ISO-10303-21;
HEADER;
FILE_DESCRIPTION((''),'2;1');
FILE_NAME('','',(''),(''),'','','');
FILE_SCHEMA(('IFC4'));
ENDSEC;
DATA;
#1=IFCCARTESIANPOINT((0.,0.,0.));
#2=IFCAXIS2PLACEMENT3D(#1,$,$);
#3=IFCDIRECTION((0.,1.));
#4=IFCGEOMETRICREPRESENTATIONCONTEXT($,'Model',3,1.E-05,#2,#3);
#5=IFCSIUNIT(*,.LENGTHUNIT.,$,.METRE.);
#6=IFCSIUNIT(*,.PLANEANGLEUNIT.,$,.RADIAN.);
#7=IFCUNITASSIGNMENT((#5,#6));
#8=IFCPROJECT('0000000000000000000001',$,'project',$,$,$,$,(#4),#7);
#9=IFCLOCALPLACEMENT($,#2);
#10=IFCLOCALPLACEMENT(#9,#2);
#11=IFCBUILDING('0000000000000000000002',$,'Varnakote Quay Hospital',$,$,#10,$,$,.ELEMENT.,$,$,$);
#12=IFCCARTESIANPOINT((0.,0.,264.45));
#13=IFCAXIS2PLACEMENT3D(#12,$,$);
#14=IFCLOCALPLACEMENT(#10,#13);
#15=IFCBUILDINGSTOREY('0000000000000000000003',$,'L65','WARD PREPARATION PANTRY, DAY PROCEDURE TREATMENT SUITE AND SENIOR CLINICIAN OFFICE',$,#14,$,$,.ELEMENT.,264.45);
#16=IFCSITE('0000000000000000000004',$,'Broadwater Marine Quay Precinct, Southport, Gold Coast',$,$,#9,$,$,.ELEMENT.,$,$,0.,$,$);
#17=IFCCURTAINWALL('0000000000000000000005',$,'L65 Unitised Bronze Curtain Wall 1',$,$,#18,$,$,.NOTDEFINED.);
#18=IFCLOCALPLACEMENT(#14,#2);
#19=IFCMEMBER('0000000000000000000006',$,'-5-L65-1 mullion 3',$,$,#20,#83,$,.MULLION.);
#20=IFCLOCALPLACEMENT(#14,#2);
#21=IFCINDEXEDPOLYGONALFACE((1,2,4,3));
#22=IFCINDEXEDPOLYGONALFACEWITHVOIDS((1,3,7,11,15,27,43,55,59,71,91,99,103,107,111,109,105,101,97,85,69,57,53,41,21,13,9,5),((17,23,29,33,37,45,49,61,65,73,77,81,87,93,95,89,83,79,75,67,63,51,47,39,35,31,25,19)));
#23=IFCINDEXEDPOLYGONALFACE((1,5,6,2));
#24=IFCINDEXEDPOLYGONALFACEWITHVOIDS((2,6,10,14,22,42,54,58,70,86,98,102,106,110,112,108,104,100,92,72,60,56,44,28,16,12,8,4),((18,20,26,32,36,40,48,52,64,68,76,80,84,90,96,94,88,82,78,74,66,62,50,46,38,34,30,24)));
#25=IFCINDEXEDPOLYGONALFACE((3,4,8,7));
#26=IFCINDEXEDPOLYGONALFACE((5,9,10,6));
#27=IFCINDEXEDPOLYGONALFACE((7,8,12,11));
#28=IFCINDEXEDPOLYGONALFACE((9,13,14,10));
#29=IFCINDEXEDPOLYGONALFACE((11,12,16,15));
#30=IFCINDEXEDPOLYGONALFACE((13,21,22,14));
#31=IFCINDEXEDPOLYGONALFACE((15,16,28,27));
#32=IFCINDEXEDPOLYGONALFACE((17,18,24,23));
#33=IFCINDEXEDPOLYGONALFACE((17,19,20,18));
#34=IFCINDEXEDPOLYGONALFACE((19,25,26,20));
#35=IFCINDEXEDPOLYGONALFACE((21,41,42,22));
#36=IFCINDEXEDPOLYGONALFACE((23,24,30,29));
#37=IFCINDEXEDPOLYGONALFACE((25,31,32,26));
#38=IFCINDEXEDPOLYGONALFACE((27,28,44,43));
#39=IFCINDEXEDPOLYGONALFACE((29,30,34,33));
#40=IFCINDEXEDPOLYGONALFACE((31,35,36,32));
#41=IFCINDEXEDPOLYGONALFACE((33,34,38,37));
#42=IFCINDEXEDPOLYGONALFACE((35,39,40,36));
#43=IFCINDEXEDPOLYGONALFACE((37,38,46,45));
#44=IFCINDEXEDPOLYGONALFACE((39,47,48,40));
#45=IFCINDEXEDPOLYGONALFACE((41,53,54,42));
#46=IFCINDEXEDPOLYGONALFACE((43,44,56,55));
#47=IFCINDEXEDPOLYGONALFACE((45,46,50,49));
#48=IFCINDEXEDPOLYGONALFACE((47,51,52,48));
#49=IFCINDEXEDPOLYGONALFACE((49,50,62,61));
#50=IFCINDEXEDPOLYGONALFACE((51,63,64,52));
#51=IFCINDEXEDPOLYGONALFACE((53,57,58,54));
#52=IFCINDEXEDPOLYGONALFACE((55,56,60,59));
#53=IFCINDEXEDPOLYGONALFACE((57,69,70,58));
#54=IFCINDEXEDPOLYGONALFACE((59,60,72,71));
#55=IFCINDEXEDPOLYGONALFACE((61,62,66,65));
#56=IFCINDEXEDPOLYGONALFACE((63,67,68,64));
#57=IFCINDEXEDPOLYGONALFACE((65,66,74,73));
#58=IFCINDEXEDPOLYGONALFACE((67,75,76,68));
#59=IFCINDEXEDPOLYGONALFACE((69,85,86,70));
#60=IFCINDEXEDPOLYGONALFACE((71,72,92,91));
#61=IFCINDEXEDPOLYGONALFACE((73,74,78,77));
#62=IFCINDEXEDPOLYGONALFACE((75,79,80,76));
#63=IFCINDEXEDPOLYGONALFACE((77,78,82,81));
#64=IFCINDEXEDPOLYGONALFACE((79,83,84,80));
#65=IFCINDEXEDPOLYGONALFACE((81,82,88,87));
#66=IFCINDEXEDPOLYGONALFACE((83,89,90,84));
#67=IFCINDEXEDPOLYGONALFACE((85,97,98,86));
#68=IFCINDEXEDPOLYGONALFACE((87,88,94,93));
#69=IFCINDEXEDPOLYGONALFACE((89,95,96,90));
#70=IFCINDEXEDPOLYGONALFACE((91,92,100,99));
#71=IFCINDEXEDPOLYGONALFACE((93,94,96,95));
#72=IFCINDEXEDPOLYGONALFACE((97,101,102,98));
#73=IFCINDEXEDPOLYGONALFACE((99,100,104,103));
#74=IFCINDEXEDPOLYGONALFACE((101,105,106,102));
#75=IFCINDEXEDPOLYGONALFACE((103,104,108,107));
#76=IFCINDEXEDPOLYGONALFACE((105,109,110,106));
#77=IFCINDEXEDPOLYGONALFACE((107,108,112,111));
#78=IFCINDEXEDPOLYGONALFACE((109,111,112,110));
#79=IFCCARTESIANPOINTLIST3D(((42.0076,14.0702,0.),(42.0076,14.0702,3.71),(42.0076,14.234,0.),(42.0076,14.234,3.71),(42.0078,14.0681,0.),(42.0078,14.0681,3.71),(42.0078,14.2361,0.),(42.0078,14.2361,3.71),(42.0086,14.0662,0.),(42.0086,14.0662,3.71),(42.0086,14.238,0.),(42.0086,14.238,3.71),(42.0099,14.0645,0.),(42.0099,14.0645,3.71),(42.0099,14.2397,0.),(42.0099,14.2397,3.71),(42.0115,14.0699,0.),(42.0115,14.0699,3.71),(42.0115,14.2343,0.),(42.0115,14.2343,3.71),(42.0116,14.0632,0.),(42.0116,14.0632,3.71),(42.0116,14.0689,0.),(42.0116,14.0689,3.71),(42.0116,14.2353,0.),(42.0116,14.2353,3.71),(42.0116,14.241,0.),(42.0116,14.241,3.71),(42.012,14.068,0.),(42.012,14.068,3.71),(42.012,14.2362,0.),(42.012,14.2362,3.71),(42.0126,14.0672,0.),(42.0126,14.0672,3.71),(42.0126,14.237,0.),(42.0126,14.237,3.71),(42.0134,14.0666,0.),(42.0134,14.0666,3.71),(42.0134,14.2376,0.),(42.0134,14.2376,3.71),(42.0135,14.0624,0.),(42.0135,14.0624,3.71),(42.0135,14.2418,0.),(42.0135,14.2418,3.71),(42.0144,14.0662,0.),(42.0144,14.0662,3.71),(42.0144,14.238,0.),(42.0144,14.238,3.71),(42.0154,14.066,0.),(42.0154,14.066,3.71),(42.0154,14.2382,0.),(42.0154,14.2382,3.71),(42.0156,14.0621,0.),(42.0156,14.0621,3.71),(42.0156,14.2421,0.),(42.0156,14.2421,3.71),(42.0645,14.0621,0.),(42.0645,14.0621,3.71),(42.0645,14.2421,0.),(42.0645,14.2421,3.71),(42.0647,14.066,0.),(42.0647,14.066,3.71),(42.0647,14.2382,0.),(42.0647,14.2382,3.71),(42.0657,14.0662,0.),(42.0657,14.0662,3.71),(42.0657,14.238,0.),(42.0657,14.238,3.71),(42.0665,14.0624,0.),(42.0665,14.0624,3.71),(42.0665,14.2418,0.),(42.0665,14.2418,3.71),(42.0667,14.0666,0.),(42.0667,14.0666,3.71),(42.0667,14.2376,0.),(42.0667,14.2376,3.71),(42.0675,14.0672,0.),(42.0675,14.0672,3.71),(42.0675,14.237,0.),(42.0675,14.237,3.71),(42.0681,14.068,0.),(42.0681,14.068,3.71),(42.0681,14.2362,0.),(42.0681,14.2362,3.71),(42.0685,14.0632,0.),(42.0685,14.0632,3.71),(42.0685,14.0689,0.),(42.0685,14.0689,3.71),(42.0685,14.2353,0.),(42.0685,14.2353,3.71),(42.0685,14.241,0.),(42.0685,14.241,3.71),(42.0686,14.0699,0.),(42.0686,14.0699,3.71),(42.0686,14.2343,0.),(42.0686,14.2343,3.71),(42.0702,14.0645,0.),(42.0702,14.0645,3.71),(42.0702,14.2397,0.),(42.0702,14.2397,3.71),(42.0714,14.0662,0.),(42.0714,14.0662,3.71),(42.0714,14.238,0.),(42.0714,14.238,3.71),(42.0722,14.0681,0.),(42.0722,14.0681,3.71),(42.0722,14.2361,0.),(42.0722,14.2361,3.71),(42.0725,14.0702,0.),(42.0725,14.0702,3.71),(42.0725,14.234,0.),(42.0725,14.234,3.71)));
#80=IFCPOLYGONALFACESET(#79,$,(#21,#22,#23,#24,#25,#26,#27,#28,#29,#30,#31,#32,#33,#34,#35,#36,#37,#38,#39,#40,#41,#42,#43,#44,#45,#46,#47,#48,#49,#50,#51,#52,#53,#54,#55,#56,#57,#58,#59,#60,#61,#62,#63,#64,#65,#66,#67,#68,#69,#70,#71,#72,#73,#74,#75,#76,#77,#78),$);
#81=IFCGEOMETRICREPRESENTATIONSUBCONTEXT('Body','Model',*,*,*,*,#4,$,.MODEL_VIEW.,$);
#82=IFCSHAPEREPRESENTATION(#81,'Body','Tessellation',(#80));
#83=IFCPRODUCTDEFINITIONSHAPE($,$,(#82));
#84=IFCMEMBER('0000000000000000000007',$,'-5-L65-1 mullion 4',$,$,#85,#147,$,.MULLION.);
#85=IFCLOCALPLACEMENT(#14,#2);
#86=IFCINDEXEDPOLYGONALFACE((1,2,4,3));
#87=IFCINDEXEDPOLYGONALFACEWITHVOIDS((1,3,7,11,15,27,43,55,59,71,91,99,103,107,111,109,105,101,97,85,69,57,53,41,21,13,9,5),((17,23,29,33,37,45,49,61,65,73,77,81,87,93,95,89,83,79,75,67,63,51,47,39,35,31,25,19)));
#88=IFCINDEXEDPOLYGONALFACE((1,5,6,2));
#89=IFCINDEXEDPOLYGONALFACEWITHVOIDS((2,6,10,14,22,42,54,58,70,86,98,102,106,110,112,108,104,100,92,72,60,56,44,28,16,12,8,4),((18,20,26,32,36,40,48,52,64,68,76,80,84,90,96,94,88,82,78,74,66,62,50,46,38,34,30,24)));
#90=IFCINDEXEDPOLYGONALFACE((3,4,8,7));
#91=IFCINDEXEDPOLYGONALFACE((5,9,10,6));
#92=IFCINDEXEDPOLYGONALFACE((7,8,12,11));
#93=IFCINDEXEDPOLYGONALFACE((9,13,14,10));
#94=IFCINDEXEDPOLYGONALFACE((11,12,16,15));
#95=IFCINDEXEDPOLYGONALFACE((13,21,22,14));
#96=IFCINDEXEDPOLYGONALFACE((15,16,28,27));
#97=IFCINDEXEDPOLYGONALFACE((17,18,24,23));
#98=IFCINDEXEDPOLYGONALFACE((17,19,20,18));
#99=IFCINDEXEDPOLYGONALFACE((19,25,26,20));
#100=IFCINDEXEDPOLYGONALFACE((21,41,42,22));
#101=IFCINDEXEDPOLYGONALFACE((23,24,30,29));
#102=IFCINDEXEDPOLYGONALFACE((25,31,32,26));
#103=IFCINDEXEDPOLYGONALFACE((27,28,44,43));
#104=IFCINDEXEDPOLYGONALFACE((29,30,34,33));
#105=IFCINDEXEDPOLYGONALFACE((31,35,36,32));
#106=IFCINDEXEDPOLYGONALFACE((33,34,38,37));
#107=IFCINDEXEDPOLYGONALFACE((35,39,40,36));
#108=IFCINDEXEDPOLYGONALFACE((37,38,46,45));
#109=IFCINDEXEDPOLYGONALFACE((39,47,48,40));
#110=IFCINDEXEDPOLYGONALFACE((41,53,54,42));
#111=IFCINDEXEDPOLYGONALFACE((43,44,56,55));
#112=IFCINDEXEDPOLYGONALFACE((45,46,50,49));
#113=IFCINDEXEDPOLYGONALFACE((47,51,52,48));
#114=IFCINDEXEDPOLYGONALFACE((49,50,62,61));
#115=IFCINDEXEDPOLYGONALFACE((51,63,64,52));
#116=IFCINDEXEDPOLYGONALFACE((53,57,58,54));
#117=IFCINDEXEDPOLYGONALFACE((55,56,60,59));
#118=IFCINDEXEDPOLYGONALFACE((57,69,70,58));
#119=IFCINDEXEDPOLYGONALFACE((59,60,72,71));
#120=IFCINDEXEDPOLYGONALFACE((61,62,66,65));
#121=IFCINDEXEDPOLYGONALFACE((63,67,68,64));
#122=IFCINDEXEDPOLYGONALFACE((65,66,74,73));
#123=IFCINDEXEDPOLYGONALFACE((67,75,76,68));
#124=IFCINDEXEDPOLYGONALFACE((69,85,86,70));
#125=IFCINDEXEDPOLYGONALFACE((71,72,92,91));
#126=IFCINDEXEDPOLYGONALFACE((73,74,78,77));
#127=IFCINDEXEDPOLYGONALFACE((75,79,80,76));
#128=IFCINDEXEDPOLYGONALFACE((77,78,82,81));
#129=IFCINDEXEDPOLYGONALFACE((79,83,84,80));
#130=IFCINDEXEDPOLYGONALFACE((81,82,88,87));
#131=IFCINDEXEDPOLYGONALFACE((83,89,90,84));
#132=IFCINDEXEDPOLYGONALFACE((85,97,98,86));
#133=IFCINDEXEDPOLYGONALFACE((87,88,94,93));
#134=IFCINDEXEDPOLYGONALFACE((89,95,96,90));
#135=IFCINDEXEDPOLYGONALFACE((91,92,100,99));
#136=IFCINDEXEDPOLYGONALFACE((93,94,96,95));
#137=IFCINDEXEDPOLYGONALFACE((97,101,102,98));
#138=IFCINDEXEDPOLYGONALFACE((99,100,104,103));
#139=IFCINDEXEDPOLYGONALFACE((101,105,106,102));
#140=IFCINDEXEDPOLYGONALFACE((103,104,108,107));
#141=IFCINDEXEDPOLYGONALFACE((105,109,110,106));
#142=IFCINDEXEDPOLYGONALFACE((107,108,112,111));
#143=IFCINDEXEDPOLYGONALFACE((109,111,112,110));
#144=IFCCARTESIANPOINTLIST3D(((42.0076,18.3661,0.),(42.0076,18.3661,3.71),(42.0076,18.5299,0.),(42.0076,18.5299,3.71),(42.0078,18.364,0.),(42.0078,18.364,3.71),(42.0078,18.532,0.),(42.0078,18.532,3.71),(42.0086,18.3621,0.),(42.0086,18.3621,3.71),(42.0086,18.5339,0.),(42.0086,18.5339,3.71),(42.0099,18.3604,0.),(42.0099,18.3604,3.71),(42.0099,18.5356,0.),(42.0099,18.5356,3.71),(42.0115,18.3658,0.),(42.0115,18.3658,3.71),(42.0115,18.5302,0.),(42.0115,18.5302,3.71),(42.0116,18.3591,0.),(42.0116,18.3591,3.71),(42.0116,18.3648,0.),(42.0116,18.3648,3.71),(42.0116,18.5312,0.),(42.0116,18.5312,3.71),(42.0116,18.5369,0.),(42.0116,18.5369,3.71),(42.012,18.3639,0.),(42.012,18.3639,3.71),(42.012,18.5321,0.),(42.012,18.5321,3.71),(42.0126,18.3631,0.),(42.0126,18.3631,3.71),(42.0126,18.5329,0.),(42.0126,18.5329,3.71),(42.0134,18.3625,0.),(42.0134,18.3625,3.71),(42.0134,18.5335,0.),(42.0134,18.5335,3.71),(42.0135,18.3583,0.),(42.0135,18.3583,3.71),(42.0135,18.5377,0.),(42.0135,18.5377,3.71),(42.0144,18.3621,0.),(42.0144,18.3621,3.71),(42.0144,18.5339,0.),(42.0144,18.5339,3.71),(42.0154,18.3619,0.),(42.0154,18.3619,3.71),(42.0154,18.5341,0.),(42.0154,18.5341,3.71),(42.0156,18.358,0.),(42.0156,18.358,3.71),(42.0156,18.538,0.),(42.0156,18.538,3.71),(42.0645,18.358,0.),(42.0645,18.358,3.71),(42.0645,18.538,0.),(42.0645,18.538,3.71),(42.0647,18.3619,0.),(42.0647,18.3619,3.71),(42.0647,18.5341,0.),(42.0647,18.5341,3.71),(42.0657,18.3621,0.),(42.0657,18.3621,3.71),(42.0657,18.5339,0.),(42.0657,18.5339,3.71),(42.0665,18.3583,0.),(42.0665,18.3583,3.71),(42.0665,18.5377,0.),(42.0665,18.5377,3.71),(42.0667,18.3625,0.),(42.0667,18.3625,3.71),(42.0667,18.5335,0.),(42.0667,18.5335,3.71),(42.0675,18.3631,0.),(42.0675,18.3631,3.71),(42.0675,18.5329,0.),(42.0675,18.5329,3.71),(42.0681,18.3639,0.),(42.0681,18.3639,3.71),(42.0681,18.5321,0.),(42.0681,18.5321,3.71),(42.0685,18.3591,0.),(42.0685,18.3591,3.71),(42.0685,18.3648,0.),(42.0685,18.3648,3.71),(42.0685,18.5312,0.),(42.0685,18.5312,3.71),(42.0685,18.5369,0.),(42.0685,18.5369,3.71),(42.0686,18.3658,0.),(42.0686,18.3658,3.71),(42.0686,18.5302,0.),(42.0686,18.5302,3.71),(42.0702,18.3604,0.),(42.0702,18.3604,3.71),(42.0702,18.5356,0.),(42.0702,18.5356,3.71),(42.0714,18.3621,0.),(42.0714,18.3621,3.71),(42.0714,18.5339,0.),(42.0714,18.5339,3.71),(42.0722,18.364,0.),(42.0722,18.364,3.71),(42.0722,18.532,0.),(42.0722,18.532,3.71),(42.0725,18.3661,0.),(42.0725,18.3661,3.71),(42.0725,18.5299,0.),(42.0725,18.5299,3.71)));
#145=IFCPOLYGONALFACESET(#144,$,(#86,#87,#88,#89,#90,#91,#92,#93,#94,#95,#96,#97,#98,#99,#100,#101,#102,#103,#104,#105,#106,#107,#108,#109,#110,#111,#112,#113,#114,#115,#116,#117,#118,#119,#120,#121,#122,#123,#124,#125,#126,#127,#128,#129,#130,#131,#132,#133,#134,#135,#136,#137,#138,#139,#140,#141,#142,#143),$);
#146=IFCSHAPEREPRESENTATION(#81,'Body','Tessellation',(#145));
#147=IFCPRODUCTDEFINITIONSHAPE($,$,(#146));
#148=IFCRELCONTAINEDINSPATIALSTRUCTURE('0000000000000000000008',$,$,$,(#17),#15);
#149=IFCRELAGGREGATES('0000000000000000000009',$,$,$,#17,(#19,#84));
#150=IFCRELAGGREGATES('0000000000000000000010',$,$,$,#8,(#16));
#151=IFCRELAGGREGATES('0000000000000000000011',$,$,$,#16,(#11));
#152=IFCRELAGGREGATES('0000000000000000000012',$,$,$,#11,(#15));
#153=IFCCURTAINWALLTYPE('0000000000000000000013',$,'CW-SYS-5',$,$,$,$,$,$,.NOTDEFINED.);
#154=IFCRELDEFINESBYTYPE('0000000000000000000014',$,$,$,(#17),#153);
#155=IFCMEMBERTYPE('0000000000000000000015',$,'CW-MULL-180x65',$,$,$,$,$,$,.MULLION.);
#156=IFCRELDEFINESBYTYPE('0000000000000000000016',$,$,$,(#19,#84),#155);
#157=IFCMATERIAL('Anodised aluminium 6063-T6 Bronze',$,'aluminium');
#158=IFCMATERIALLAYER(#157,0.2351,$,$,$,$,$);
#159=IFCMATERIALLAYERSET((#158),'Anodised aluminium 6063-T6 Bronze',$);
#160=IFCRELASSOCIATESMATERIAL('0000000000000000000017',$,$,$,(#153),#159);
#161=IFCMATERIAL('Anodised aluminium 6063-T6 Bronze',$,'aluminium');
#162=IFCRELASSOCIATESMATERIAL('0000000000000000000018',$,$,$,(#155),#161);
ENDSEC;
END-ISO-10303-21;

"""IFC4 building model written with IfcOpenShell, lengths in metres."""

from ifc_helpers import new_model, si_unit, direction, frame, origin, origin_2d, place, context, subcontext, project, spatial, hollow_rectangle, extrude, material, layer, layer_set, material_profile, profile_set, type_object, element, aggregate, save


model = new_model("IFC4")

# Units and contexts
model_context = context("Model", 3, precision=1e-05, world=origin(), true_north=direction((0.0, 1.0)))
body_context = subcontext(model_context, "Body", "Model", "MODEL_VIEW")
ifc_project = project(units=[si_unit("LENGTHUNIT", "METRE"), si_unit("PLANEANGLEUNIT", "RADIAN")], contexts=[model_context])

# Site, building, storey
site_placement = place(None, origin())
site = spatial("IfcSite", under=ifc_project, at=site_placement, Name="Broadwater Marine Quay Precinct, Southport, Gold Coast", CompositionType="ELEMENT", RefElevation=0.0)
building_placement = place(site_placement, origin())
building = spatial("IfcBuilding", under=site, at=building_placement, Name="Varnakote Quay Hospital", CompositionType="ELEMENT")
storey_placement = place(building_placement, frame((0.0, 0.0, 264.45)))
storey = spatial("IfcBuildingStorey", under=building, at=storey_placement, Name="L65", Description="WARD PREPARATION PANTRY, DAY PROCEDURE TREATMENT SUITE AND SENIOR CLINICIAN OFFICE", CompositionType="ELEMENT", Elevation=264.45)

# Curtain wall, members
ifc_material_1 = material(Name="Anodised aluminium 6063-T6 Bronze", Category="aluminium")
ifc_layer_1 = layer(ifc_material_1, 0.2351)
ifc_layer_set_1 = layer_set([ifc_layer_1], Name="Anodised aluminium 6063-T6 Bronze")
curtain_wall_type = type_object("IfcCurtainWallType", Name="CW-SYS-5", PredefinedType="NOTDEFINED", material=ifc_layer_set_1)
curtain_wall_placement = place(storey_placement, origin())
curtain_wall = element("IfcCurtainWall", 1, at=curtain_wall_placement, inside=storey, type_object=curtain_wall_type, Name="L65 Unitised Bronze Curtain Wall 1", PredefinedType="NOTDEFINED")
ifc_material_2 = material(Name="Anodised aluminium 6063-T6 Bronze", Category="aluminium")
ifc_material_profile_1 = material_profile(ifc_material_2, hollow_rectangle(XDim=0.0649, YDim=0.1799, WallThickness=0.0039, InnerFilletRadius=0.0039, OuterFilletRadius=0.0081, at=origin_2d()), Name="CW-MULL-180x65")
ifc_profile_set_1 = profile_set([ifc_material_profile_1], Name="Anodised aluminium 6063-T6 Bronze")
member_type_1 = type_object("IfcMemberType", Name="CW-MULL-180x65", PredefinedType="MULLION", material=ifc_profile_set_1)
member_1_placement = place(storey_placement, frame((42.04, 14.1521, 0.0), z_axis=(0.0, 0.0, 1.0), x_axis=(-1.0, 0.0, 0.0)))
member_1 = element("IfcMember", 2, at=member_1_placement, type_object=member_type_1, Name="-5-L65-1 mullion 3", PredefinedType="MULLION", context=body_context, shape_type="SweptSolid", body=[
    extrude(hollow_rectangle(XDim=0.0649, YDim=0.1799, WallThickness=0.0039, InnerFilletRadius=0.0039, OuterFilletRadius=0.0081, at=origin_2d()), origin(), (0.0, 0.0, 1.0), 3.71),
])
member_2_placement = place(storey_placement, frame((42.04, 18.448, 0.0), z_axis=(0.0, 0.0, 1.0), x_axis=(-1.0, 0.0, 0.0)))
member_2 = element("IfcMember", 3, at=member_2_placement, type_object=member_type_1, Name="-5-L65-1 mullion 4", PredefinedType="MULLION", context=body_context, shape_type="SweptSolid", body=[
    extrude(hollow_rectangle(XDim=0.0649, YDim=0.1799, WallThickness=0.0039, InnerFilletRadius=0.0039, OuterFilletRadius=0.0081, at=origin_2d()), origin(), (0.0, 0.0, 1.0), 3.71),
])
aggregate(curtain_wall, [member_1, member_2])

save(model, "model.ifc")
